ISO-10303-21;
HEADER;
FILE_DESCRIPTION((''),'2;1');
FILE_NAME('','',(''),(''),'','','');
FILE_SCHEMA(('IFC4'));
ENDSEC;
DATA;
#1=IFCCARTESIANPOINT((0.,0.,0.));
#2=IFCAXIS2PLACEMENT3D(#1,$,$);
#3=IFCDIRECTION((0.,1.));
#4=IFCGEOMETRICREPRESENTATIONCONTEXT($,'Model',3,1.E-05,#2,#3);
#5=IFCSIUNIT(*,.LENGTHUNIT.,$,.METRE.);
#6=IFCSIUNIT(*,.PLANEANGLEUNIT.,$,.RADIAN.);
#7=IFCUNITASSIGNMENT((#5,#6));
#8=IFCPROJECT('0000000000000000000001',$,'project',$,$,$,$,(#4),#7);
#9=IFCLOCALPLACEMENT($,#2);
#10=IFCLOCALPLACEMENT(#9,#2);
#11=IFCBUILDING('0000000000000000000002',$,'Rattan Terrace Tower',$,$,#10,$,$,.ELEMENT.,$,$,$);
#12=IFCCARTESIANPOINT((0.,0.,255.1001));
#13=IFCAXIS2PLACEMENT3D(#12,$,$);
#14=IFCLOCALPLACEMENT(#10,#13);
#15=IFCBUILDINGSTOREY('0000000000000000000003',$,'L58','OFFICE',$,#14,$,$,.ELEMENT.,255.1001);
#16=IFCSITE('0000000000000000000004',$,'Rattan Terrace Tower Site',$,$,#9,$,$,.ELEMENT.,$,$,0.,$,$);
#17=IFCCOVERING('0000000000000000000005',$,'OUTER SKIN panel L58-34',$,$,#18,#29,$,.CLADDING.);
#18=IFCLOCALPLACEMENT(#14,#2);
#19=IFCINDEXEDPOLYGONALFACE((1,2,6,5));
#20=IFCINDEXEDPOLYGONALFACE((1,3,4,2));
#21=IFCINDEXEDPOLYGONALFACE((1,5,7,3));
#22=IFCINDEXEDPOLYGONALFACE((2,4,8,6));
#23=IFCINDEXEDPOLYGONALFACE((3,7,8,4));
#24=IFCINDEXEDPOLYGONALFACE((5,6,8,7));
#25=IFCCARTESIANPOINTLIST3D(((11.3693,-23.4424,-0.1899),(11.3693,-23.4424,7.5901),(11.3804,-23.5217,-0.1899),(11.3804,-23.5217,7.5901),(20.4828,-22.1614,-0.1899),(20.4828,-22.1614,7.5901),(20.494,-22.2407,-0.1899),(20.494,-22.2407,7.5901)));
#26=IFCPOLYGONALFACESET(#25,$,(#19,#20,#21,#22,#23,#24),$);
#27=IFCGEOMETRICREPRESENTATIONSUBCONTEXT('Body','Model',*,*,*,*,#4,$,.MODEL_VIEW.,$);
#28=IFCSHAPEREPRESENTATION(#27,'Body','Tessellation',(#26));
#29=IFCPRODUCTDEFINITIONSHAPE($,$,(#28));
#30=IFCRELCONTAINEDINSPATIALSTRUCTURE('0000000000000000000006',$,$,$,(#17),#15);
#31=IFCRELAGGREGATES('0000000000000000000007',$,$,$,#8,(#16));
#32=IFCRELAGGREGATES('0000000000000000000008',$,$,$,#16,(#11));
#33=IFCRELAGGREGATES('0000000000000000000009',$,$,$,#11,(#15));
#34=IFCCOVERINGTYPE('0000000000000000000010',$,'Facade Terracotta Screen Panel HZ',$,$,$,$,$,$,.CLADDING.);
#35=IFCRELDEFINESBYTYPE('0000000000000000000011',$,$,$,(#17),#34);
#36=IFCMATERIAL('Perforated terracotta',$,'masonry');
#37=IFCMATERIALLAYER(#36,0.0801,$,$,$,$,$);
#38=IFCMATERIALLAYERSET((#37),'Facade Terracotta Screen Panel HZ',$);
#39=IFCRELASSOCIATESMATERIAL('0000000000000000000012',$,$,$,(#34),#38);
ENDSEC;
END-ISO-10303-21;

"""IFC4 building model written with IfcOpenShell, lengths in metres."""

from ifc_helpers import new_model, si_unit, direction, frame, origin, origin_2d, place, context, subcontext, project, spatial, rectangle, extrude, material, layer, layer_set, type_object, element, save


model = new_model("IFC4")

# Units and contexts
model_context = context("Model", 3, precision=1e-05, world=origin(), true_north=direction((0.0, 1.0)))
body_context = subcontext(model_context, "Body", "Model", "MODEL_VIEW")
ifc_project = project(units=[si_unit("LENGTHUNIT", "METRE"), si_unit("PLANEANGLEUNIT", "RADIAN")], contexts=[model_context])

# Site, building, storey
site_placement = place(None, origin())
site = spatial("IfcSite", under=ifc_project, at=site_placement, Name="Rattan Terrace Tower Site", CompositionType="ELEMENT", RefElevation=0.0)
building_placement = place(site_placement, origin())
building = spatial("IfcBuilding", under=site, at=building_placement, Name="Rattan Terrace Tower", CompositionType="ELEMENT")
storey_placement = place(building_placement, frame((0.0, 0.0, 255.1001)))
storey = spatial("IfcBuildingStorey", under=building, at=storey_placement, Name="L58", Description="OFFICE", CompositionType="ELEMENT", Elevation=255.1001)

# Covering
ifc_material_1 = material(Name="Perforated terracotta", Category="masonry")
ifc_layer_1 = layer(ifc_material_1, 0.0801)
ifc_layer_set_1 = layer_set([ifc_layer_1], Name="Facade Terracotta Screen Panel HZ")
covering_type = type_object("IfcCoveringType", Name="Facade Terracotta Screen Panel HZ", PredefinedType="CLADDING", material=ifc_layer_set_1)
covering_1_placement = place(storey_placement, frame((15.9316, -22.8416, -0.1899), z_axis=(0.0, 0.0, 1.0), x_axis=(0.990266, 0.139189, 0.0)))
element("IfcCovering", 1, at=covering_1_placement, inside=storey, type_object=covering_type, Name="OUTER SKIN panel L58-34", PredefinedType="CLADDING", context=body_context, shape_type="SweptSolid", body=[
    extrude(rectangle(XDim=9.2031, YDim=0.0801, at=origin_2d()), origin(), (0.0, 0.0, 1.0), 7.78),
])

save(model, "model.ifc")
